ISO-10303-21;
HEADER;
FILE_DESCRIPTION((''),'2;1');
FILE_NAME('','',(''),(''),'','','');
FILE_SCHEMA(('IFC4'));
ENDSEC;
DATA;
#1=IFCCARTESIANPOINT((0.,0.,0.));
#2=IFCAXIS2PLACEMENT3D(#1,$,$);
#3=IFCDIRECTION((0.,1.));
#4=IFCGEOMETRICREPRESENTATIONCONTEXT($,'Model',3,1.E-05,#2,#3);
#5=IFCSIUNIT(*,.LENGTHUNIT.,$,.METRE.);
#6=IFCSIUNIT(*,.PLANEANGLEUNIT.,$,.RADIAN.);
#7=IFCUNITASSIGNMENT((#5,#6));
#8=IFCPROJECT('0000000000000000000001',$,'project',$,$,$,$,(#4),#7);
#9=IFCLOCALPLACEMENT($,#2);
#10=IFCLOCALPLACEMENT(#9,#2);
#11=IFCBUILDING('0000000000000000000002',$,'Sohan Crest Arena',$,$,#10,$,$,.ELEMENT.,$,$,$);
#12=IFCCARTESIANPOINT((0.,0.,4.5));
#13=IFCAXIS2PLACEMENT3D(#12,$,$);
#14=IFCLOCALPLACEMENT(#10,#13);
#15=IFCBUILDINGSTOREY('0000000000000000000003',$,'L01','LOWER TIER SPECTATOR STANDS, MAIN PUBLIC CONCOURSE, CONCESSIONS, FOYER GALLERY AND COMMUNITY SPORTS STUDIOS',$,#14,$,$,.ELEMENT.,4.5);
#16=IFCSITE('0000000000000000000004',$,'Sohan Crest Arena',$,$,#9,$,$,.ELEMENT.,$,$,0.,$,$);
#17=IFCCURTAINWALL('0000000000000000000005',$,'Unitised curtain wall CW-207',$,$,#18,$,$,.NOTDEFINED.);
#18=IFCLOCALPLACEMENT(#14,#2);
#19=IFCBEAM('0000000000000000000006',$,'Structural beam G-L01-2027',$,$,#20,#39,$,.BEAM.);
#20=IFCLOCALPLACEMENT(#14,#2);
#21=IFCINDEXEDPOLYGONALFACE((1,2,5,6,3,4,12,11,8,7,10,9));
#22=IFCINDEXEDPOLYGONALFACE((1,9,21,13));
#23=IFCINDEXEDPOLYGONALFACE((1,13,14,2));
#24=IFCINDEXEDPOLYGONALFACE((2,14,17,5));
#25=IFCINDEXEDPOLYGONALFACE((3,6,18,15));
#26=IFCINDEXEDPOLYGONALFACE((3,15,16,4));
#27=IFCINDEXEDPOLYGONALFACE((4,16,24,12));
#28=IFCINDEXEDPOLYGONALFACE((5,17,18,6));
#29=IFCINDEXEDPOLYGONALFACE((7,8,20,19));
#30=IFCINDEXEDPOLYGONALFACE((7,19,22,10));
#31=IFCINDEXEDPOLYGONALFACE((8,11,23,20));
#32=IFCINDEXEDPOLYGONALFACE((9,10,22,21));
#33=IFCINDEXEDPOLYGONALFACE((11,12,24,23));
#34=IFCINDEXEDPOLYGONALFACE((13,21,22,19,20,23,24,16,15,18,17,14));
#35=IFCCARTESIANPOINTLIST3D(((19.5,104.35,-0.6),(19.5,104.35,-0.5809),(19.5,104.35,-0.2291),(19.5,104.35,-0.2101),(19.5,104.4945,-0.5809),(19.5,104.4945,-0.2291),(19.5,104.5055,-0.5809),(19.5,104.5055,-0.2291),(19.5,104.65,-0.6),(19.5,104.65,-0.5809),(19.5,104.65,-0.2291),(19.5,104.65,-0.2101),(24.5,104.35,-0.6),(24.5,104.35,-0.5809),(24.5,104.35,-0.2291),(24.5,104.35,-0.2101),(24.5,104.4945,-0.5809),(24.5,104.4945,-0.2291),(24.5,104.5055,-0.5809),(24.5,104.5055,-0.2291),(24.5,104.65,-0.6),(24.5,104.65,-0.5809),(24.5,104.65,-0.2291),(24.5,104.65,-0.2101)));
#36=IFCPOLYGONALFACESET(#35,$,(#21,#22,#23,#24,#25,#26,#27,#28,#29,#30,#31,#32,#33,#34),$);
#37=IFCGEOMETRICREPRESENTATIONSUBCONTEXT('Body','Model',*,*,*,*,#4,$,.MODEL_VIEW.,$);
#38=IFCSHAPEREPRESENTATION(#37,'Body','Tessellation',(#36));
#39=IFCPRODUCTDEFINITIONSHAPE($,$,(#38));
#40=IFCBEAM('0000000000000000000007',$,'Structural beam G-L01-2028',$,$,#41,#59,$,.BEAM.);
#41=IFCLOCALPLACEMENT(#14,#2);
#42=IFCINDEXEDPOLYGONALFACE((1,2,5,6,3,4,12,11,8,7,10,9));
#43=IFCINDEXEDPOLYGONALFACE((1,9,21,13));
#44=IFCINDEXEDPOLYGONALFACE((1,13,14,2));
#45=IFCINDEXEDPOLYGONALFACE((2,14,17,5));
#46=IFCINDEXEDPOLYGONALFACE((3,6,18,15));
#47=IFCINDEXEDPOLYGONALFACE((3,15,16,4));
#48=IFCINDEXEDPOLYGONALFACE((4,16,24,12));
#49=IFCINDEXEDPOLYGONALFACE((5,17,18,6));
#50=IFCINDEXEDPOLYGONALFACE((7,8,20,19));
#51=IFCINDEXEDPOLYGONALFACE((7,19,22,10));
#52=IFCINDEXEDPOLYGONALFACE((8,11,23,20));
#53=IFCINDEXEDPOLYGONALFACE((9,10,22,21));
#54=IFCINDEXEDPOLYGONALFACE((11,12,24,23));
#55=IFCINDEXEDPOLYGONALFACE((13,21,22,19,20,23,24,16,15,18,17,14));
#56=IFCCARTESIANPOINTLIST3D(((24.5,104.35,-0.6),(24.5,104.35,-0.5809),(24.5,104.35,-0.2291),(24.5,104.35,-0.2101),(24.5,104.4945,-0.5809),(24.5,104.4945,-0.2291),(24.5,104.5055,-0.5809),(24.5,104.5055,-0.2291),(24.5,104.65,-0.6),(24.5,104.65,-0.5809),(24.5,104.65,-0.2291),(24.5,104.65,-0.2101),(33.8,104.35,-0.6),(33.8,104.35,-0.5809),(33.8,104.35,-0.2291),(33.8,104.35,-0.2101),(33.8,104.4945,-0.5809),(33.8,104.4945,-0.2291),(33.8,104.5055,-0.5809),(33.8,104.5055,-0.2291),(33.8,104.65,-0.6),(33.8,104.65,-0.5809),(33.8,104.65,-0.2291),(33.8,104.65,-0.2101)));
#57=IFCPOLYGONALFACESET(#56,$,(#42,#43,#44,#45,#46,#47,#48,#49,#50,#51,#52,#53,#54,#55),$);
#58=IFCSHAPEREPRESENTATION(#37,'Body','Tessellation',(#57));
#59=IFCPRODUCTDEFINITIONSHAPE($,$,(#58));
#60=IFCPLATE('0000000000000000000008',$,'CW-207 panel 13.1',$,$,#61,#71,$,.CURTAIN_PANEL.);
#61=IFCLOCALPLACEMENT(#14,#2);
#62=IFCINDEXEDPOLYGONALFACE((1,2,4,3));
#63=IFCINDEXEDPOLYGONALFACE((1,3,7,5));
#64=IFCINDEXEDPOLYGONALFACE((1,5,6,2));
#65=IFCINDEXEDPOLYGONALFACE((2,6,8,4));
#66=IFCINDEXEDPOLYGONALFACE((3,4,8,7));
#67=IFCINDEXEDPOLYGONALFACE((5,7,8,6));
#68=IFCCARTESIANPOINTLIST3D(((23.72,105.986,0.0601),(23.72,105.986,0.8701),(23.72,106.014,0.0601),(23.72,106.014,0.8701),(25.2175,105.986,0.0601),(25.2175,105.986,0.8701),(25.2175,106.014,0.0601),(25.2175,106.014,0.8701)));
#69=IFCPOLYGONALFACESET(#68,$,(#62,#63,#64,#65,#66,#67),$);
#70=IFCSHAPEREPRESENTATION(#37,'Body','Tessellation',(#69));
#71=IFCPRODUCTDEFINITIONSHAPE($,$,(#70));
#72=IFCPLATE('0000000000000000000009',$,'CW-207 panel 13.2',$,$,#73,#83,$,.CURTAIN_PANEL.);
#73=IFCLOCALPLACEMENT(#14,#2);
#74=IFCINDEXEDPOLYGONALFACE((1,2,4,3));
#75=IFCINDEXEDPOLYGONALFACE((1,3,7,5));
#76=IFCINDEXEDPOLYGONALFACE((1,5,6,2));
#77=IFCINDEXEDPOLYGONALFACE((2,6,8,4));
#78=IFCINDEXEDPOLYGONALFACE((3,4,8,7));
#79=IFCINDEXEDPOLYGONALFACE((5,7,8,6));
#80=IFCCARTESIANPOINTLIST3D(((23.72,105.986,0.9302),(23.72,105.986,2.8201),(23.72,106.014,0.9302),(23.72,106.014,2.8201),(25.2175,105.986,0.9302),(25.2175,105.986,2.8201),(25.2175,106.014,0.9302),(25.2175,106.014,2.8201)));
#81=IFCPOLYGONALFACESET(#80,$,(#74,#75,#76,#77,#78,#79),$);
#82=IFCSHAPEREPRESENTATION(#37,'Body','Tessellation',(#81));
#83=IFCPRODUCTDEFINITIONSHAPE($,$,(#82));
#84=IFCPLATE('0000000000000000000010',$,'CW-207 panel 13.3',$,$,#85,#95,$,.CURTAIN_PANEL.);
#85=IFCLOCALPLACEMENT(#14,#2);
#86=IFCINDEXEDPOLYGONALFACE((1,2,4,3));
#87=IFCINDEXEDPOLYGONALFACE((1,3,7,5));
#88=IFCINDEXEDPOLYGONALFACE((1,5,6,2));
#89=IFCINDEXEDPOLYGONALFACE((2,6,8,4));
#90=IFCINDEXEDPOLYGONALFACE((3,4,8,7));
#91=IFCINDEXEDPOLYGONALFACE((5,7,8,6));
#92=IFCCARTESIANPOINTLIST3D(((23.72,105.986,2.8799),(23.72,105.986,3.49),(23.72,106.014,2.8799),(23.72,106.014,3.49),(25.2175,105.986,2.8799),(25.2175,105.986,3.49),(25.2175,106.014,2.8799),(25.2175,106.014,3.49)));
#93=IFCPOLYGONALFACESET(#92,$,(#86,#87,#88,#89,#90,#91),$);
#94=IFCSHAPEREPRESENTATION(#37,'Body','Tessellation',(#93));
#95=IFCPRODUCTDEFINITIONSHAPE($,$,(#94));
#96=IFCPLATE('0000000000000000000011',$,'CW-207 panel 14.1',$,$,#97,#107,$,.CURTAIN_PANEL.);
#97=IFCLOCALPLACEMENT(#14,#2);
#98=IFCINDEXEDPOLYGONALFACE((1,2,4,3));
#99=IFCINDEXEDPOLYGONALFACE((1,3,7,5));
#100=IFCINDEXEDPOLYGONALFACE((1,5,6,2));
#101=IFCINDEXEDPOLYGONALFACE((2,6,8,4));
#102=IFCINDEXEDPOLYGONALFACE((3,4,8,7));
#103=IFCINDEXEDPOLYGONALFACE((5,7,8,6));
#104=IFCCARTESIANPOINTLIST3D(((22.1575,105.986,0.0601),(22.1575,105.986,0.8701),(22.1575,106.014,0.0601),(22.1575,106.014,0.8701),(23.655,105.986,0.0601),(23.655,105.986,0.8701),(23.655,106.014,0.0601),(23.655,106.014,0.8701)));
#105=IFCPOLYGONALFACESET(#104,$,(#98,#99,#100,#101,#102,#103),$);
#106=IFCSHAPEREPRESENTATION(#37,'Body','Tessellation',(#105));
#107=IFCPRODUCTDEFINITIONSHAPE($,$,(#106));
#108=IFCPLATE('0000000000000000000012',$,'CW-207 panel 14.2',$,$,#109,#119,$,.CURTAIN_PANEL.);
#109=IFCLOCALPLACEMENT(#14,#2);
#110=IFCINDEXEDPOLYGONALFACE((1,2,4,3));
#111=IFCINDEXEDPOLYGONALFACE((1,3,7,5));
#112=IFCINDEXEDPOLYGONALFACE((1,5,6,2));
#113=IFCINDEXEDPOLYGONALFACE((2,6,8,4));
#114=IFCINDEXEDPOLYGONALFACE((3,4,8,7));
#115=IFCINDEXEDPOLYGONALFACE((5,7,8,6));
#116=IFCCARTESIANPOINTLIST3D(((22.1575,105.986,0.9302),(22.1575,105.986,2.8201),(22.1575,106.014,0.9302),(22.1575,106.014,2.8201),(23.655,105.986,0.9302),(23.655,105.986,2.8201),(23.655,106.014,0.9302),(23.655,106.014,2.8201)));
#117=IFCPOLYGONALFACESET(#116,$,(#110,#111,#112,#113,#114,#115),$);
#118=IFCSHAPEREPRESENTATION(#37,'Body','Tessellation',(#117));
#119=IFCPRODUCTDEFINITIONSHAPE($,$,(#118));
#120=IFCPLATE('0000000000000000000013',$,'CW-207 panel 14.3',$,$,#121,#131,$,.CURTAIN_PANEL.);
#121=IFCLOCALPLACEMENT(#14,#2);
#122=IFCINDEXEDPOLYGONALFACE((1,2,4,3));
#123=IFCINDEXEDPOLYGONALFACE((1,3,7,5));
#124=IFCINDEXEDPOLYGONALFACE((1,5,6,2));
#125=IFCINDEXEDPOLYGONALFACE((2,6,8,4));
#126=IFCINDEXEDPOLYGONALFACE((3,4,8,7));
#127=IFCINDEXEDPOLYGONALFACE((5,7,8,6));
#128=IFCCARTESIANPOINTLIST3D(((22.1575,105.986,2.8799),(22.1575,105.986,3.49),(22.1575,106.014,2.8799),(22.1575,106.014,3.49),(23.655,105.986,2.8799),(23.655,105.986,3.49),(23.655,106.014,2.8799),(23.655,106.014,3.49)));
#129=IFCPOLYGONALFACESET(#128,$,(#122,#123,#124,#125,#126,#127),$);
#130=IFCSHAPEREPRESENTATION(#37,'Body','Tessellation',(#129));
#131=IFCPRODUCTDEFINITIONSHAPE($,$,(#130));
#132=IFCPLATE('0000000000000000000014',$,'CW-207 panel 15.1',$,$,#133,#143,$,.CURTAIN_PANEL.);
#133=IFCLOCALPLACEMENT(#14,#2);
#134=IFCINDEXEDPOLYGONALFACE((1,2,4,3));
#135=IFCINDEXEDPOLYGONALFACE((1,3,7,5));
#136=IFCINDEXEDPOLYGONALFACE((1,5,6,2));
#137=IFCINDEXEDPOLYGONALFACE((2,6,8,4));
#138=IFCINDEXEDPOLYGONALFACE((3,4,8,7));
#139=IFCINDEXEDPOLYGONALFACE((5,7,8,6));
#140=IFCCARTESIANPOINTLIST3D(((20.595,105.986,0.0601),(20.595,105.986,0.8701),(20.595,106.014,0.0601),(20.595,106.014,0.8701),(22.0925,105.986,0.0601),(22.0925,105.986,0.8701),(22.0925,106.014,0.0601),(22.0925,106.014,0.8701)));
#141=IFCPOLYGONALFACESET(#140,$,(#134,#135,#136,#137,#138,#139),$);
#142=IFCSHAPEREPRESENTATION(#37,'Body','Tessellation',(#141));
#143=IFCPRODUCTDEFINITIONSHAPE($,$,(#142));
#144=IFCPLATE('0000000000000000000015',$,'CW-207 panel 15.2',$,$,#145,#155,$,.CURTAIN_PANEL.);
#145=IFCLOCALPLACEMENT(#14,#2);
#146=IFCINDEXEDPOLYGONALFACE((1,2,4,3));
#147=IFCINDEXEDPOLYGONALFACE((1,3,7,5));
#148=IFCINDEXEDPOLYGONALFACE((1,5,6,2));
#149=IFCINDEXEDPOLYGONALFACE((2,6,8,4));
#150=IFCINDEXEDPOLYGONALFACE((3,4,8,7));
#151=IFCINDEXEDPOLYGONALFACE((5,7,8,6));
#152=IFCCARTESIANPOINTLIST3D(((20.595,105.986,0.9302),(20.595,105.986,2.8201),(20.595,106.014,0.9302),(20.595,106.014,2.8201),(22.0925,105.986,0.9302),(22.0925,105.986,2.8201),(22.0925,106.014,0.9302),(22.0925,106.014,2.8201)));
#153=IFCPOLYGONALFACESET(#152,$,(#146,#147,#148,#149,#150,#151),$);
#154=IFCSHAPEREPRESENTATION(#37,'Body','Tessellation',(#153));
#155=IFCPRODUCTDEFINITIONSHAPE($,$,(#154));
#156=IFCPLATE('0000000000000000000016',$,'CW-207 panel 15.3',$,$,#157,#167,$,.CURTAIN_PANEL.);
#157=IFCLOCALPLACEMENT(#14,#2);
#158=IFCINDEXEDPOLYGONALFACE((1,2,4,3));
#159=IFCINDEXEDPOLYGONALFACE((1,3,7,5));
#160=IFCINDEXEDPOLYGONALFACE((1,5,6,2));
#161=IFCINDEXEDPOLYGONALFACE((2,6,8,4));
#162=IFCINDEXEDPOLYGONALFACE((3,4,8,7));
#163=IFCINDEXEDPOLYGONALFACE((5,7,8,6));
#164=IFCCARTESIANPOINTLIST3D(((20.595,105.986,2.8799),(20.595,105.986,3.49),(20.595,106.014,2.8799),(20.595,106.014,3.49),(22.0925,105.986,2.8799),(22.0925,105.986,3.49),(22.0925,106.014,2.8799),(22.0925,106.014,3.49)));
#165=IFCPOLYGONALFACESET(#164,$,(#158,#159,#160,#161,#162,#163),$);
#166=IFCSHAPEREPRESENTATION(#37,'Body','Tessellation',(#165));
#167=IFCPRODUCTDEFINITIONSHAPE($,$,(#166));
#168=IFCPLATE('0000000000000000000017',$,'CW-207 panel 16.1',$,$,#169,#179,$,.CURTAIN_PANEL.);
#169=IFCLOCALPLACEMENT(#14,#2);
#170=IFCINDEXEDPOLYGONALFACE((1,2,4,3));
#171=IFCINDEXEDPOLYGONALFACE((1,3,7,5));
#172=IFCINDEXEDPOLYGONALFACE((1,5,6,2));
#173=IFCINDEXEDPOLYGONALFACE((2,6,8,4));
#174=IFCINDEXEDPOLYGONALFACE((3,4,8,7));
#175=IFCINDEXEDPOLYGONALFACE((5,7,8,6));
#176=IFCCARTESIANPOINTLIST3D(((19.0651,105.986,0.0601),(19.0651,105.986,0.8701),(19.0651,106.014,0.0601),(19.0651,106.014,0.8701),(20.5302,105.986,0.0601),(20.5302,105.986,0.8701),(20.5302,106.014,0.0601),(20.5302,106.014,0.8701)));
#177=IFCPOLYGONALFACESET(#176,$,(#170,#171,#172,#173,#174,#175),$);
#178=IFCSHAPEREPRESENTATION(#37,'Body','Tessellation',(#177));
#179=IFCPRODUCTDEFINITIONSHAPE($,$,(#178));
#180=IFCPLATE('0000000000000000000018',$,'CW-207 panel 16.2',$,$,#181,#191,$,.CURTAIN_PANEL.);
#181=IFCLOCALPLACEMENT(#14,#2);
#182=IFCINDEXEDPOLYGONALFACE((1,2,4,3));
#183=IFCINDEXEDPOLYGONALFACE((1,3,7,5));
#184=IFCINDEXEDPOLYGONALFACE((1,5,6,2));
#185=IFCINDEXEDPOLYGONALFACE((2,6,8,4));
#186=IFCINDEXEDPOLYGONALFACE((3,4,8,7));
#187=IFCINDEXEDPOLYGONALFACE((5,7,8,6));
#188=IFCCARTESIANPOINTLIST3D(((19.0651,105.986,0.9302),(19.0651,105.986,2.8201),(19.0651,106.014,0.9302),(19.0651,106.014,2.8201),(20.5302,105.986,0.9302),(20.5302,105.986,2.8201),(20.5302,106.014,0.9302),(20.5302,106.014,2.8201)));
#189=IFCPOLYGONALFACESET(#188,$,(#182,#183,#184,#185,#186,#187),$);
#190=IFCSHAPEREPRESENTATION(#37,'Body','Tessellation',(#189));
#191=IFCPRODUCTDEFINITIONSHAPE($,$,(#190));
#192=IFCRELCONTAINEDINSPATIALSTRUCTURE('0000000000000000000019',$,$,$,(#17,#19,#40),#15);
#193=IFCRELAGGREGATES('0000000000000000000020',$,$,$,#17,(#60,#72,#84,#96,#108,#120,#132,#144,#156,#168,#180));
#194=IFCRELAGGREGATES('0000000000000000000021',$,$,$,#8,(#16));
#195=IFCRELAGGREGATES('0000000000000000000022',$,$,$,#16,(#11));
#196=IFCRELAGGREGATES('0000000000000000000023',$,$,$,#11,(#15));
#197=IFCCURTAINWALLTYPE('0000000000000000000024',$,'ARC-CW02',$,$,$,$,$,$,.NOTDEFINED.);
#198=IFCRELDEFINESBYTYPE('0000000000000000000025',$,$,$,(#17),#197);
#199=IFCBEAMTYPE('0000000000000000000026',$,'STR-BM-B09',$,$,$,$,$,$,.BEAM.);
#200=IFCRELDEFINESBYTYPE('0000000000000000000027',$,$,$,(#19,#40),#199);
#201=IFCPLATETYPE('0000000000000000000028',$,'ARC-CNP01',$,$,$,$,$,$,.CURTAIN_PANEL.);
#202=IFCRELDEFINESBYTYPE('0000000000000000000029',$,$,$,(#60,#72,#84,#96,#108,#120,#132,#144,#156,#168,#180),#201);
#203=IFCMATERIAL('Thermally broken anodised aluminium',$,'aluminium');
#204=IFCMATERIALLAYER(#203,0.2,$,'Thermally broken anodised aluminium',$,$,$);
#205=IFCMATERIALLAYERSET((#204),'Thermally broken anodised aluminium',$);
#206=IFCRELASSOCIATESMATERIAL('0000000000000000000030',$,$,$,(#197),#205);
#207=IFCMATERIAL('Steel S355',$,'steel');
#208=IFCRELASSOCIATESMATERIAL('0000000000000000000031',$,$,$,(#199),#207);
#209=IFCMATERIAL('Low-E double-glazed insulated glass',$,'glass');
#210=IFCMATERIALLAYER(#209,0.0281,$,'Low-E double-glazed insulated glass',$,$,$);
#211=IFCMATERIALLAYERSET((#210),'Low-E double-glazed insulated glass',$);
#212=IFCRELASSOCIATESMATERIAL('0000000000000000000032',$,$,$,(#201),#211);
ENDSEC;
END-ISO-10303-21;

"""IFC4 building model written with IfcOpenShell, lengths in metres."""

from ifc_helpers import new_model, si_unit, direction, frame, origin, origin_2d, place, context, subcontext, project, spatial, rectangle, i_section, extrude, material, layer, layer_set, material_profile, profile_set, type_object, element, aggregate, save


model = new_model("IFC4")

# Units and contexts
model_context = context("Model", 3, precision=1e-05, world=origin(), true_north=direction((0.0, 1.0)))
body_context = subcontext(model_context, "Body", "Model", "MODEL_VIEW")
ifc_project = project(units=[si_unit("LENGTHUNIT", "METRE"), si_unit("PLANEANGLEUNIT", "RADIAN")], contexts=[model_context])

# Site, building, storey
site_placement = place(None, origin())
site = spatial("IfcSite", under=ifc_project, at=site_placement, Name="Sohan Crest Arena", CompositionType="ELEMENT", RefElevation=0.0)
building_placement = place(site_placement, origin())
building = spatial("IfcBuilding", under=site, at=building_placement, Name="Sohan Crest Arena", CompositionType="ELEMENT")
storey_placement = place(building_placement, frame((0.0, 0.0, 4.5)))
storey = spatial("IfcBuildingStorey", under=building, at=storey_placement, Name="L01", Description="LOWER TIER SPECTATOR STANDS, MAIN PUBLIC CONCOURSE, CONCESSIONS, FOYER GALLERY AND COMMUNITY SPORTS STUDIOS", CompositionType="ELEMENT", Elevation=4.5)

# Curtain wall
ifc_material_1 = material(Name="Thermally broken anodised aluminium", Category="aluminium")
ifc_layer_1 = layer(ifc_material_1, 0.2, Name="Thermally broken anodised aluminium")
ifc_layer_set_1 = layer_set([ifc_layer_1], Name="Thermally broken anodised aluminium")
curtain_wall_type = type_object("IfcCurtainWallType", Name="ARC-CW02", PredefinedType="NOTDEFINED", material=ifc_layer_set_1)
curtain_wall_placement = place(storey_placement, origin())
curtain_wall = element("IfcCurtainWall", 1, at=curtain_wall_placement, inside=storey, type_object=curtain_wall_type, Name="Unitised curtain wall CW-207", PredefinedType="NOTDEFINED")

# Beams
ifc_material_2 = material(Name="Steel S355", Category="steel")
ifc_material_profile_1 = material_profile(ifc_material_2, i_section(OverallWidth=0.3, OverallDepth=0.3899, WebThickness=0.011, FlangeThickness=0.019, at=origin_2d()), Name="HEA 400")
ifc_profile_set_1 = profile_set([ifc_material_profile_1], Name="Steel S355")
beam_type_1 = type_object("IfcBeamType", Name="STR-BM-B09", PredefinedType="BEAM", material=ifc_profile_set_1)
beam_1_placement = place(storey_placement, frame((19.5, 104.5, -0.405), z_axis=(1.0, 0.0, 0.0), x_axis=(0.0, 1.0, 0.0)))
element("IfcBeam", 2, at=beam_1_placement, inside=storey, type_object=beam_type_1, Name="Structural beam G-L01-2027", PredefinedType="BEAM", context=body_context, shape_type="SweptSolid", body=[
    extrude(i_section(OverallWidth=0.3, OverallDepth=0.3899, WebThickness=0.011, FlangeThickness=0.019, at=origin_2d()), origin(), (0.0, 0.0, 1.0), 5.0),
])
beam_2_placement = place(storey_placement, frame((24.5, 104.5, -0.405), z_axis=(1.0, 0.0, 0.0), x_axis=(0.0, 1.0, 0.0)))
element("IfcBeam", 3, at=beam_2_placement, inside=storey, type_object=beam_type_1, Name="Structural beam G-L01-2028", PredefinedType="BEAM", context=body_context, shape_type="SweptSolid", body=[
    extrude(i_section(OverallWidth=0.3, OverallDepth=0.3899, WebThickness=0.011, FlangeThickness=0.019, at=origin_2d()), origin(), (0.0, 0.0, 1.0), 9.3),
])

# Plates
ifc_material_3 = material(Name="Low-E double-glazed insulated glass", Category="glass")
ifc_layer_2 = layer(ifc_material_3, 0.0281, Name="Low-E double-glazed insulated glass")
ifc_layer_set_2 = layer_set([ifc_layer_2], Name="Low-E double-glazed insulated glass")
plate_type = type_object("IfcPlateType", Name="ARC-CNP01", PredefinedType="CURTAIN_PANEL", material=ifc_layer_set_2)
plate_1_placement = place(storey_placement, frame((24.4688, 106.0, 0.0601), z_axis=(0.0, 0.0, 1.0), x_axis=(-1.0, 0.0, 0.0)))
plate_1 = element("IfcPlate", 4, at=plate_1_placement, type_object=plate_type, Name="CW-207 panel 13.1", PredefinedType="CURTAIN_PANEL", context=body_context, shape_type="SweptSolid", body=[
    extrude(rectangle(XDim=1.4976, YDim=0.0281, at=origin_2d()), origin(), (0.0, 0.0, 1.0), 0.8101),
])
plate_2_placement = place(storey_placement, frame((24.4688, 106.0, 0.9302), z_axis=(0.0, 0.0, 1.0), x_axis=(-1.0, 0.0, 0.0)))
plate_2 = element("IfcPlate", 5, at=plate_2_placement, type_object=plate_type, Name="CW-207 panel 13.2", PredefinedType="CURTAIN_PANEL", context=body_context, shape_type="SweptSolid", body=[
    extrude(rectangle(XDim=1.4976, YDim=0.0281, at=origin_2d()), origin(), (0.0, 0.0, 1.0), 1.8899),
])
plate_3_placement = place(storey_placement, frame((24.4688, 106.0, 2.8799), z_axis=(0.0, 0.0, 1.0), x_axis=(-1.0, 0.0, 0.0)))
plate_3 = element("IfcPlate", 6, at=plate_3_placement, type_object=plate_type, Name="CW-207 panel 13.3", PredefinedType="CURTAIN_PANEL", context=body_context, shape_type="SweptSolid", body=[
    extrude(rectangle(XDim=1.4976, YDim=0.0281, at=origin_2d()), origin(), (0.0, 0.0, 1.0), 0.6101),
])
plate_4_placement = place(storey_placement, frame((22.9062, 106.0, 0.0601), z_axis=(0.0, 0.0, 1.0), x_axis=(-1.0, 0.0, 0.0)))
plate_4 = element("IfcPlate", 7, at=plate_4_placement, type_object=plate_type, Name="CW-207 panel 14.1", PredefinedType="CURTAIN_PANEL", context=body_context, shape_type="SweptSolid", body=[
    extrude(rectangle(XDim=1.4976, YDim=0.0281, at=origin_2d()), origin(), (0.0, 0.0, 1.0), 0.8101),
])
plate_5_placement = place(storey_placement, frame((22.9062, 106.0, 0.9302), z_axis=(0.0, 0.0, 1.0), x_axis=(-1.0, 0.0, 0.0)))
plate_5 = element("IfcPlate", 8, at=plate_5_placement, type_object=plate_type, Name="CW-207 panel 14.2", PredefinedType="CURTAIN_PANEL", context=body_context, shape_type="SweptSolid", body=[
    extrude(rectangle(XDim=1.4976, YDim=0.0281, at=origin_2d()), origin(), (0.0, 0.0, 1.0), 1.8899),
])
plate_6_placement = place(storey_placement, frame((22.9062, 106.0, 2.8799), z_axis=(0.0, 0.0, 1.0), x_axis=(-1.0, 0.0, 0.0)))
plate_6 = element("IfcPlate", 9, at=plate_6_placement, type_object=plate_type, Name="CW-207 panel 14.3", PredefinedType="CURTAIN_PANEL", context=body_context, shape_type="SweptSolid", body=[
    extrude(rectangle(XDim=1.4976, YDim=0.0281, at=origin_2d()), origin(), (0.0, 0.0, 1.0), 0.6101),
])
plate_7_placement = place(storey_placement, frame((21.3438, 106.0, 0.0601), z_axis=(0.0, 0.0, 1.0), x_axis=(-1.0, 0.0, 0.0)))
plate_7 = element("IfcPlate", 10, at=plate_7_placement, type_object=plate_type, Name="CW-207 panel 15.1", PredefinedType="CURTAIN_PANEL", context=body_context, shape_type="SweptSolid", body=[
    extrude(rectangle(XDim=1.4976, YDim=0.0281, at=origin_2d()), origin(), (0.0, 0.0, 1.0), 0.8101),
])
plate_8_placement = place(storey_placement, frame((21.3438, 106.0, 0.9302), z_axis=(0.0, 0.0, 1.0), x_axis=(-1.0, 0.0, 0.0)))
plate_8 = element("IfcPlate", 11, at=plate_8_placement, type_object=plate_type, Name="CW-207 panel 15.2", PredefinedType="CURTAIN_PANEL", context=body_context, shape_type="SweptSolid", body=[
    extrude(rectangle(XDim=1.4976, YDim=0.0281, at=origin_2d()), origin(), (0.0, 0.0, 1.0), 1.8899),
])
plate_9_placement = place(storey_placement, frame((21.3438, 106.0, 2.8799), z_axis=(0.0, 0.0, 1.0), x_axis=(-1.0, 0.0, 0.0)))
plate_9 = element("IfcPlate", 12, at=plate_9_placement, type_object=plate_type, Name="CW-207 panel 15.3", PredefinedType="CURTAIN_PANEL", context=body_context, shape_type="SweptSolid", body=[
    extrude(rectangle(XDim=1.4976, YDim=0.0281, at=origin_2d()), origin(), (0.0, 0.0, 1.0), 0.6101),
])
plate_10_placement = place(storey_placement, frame((19.7976, 106.0, 0.0601), z_axis=(0.0, 0.0, 1.0), x_axis=(-1.0, 0.0, 0.0)))
plate_10 = element("IfcPlate", 13, at=plate_10_placement, type_object=plate_type, Name="CW-207 panel 16.1", PredefinedType="CURTAIN_PANEL", context=body_context, shape_type="SweptSolid", body=[
    extrude(rectangle(XDim=1.4651, YDim=0.0281, at=origin_2d()), origin(), (0.0, 0.0, 1.0), 0.8101),
])
plate_11_placement = place(storey_placement, frame((19.7976, 106.0, 0.9302), z_axis=(0.0, 0.0, 1.0), x_axis=(-1.0, 0.0, 0.0)))
plate_11 = element("IfcPlate", 14, at=plate_11_placement, type_object=plate_type, Name="CW-207 panel 16.2", PredefinedType="CURTAIN_PANEL", context=body_context, shape_type="SweptSolid", body=[
    extrude(rectangle(XDim=1.4651, YDim=0.0281, at=origin_2d()), origin(), (0.0, 0.0, 1.0), 1.8899),
])
aggregate(curtain_wall, [plate_1, plate_2, plate_3, plate_4, plate_5, plate_6, plate_7, plate_8, plate_9, plate_10, plate_11])

save(model, "model.ifc")
